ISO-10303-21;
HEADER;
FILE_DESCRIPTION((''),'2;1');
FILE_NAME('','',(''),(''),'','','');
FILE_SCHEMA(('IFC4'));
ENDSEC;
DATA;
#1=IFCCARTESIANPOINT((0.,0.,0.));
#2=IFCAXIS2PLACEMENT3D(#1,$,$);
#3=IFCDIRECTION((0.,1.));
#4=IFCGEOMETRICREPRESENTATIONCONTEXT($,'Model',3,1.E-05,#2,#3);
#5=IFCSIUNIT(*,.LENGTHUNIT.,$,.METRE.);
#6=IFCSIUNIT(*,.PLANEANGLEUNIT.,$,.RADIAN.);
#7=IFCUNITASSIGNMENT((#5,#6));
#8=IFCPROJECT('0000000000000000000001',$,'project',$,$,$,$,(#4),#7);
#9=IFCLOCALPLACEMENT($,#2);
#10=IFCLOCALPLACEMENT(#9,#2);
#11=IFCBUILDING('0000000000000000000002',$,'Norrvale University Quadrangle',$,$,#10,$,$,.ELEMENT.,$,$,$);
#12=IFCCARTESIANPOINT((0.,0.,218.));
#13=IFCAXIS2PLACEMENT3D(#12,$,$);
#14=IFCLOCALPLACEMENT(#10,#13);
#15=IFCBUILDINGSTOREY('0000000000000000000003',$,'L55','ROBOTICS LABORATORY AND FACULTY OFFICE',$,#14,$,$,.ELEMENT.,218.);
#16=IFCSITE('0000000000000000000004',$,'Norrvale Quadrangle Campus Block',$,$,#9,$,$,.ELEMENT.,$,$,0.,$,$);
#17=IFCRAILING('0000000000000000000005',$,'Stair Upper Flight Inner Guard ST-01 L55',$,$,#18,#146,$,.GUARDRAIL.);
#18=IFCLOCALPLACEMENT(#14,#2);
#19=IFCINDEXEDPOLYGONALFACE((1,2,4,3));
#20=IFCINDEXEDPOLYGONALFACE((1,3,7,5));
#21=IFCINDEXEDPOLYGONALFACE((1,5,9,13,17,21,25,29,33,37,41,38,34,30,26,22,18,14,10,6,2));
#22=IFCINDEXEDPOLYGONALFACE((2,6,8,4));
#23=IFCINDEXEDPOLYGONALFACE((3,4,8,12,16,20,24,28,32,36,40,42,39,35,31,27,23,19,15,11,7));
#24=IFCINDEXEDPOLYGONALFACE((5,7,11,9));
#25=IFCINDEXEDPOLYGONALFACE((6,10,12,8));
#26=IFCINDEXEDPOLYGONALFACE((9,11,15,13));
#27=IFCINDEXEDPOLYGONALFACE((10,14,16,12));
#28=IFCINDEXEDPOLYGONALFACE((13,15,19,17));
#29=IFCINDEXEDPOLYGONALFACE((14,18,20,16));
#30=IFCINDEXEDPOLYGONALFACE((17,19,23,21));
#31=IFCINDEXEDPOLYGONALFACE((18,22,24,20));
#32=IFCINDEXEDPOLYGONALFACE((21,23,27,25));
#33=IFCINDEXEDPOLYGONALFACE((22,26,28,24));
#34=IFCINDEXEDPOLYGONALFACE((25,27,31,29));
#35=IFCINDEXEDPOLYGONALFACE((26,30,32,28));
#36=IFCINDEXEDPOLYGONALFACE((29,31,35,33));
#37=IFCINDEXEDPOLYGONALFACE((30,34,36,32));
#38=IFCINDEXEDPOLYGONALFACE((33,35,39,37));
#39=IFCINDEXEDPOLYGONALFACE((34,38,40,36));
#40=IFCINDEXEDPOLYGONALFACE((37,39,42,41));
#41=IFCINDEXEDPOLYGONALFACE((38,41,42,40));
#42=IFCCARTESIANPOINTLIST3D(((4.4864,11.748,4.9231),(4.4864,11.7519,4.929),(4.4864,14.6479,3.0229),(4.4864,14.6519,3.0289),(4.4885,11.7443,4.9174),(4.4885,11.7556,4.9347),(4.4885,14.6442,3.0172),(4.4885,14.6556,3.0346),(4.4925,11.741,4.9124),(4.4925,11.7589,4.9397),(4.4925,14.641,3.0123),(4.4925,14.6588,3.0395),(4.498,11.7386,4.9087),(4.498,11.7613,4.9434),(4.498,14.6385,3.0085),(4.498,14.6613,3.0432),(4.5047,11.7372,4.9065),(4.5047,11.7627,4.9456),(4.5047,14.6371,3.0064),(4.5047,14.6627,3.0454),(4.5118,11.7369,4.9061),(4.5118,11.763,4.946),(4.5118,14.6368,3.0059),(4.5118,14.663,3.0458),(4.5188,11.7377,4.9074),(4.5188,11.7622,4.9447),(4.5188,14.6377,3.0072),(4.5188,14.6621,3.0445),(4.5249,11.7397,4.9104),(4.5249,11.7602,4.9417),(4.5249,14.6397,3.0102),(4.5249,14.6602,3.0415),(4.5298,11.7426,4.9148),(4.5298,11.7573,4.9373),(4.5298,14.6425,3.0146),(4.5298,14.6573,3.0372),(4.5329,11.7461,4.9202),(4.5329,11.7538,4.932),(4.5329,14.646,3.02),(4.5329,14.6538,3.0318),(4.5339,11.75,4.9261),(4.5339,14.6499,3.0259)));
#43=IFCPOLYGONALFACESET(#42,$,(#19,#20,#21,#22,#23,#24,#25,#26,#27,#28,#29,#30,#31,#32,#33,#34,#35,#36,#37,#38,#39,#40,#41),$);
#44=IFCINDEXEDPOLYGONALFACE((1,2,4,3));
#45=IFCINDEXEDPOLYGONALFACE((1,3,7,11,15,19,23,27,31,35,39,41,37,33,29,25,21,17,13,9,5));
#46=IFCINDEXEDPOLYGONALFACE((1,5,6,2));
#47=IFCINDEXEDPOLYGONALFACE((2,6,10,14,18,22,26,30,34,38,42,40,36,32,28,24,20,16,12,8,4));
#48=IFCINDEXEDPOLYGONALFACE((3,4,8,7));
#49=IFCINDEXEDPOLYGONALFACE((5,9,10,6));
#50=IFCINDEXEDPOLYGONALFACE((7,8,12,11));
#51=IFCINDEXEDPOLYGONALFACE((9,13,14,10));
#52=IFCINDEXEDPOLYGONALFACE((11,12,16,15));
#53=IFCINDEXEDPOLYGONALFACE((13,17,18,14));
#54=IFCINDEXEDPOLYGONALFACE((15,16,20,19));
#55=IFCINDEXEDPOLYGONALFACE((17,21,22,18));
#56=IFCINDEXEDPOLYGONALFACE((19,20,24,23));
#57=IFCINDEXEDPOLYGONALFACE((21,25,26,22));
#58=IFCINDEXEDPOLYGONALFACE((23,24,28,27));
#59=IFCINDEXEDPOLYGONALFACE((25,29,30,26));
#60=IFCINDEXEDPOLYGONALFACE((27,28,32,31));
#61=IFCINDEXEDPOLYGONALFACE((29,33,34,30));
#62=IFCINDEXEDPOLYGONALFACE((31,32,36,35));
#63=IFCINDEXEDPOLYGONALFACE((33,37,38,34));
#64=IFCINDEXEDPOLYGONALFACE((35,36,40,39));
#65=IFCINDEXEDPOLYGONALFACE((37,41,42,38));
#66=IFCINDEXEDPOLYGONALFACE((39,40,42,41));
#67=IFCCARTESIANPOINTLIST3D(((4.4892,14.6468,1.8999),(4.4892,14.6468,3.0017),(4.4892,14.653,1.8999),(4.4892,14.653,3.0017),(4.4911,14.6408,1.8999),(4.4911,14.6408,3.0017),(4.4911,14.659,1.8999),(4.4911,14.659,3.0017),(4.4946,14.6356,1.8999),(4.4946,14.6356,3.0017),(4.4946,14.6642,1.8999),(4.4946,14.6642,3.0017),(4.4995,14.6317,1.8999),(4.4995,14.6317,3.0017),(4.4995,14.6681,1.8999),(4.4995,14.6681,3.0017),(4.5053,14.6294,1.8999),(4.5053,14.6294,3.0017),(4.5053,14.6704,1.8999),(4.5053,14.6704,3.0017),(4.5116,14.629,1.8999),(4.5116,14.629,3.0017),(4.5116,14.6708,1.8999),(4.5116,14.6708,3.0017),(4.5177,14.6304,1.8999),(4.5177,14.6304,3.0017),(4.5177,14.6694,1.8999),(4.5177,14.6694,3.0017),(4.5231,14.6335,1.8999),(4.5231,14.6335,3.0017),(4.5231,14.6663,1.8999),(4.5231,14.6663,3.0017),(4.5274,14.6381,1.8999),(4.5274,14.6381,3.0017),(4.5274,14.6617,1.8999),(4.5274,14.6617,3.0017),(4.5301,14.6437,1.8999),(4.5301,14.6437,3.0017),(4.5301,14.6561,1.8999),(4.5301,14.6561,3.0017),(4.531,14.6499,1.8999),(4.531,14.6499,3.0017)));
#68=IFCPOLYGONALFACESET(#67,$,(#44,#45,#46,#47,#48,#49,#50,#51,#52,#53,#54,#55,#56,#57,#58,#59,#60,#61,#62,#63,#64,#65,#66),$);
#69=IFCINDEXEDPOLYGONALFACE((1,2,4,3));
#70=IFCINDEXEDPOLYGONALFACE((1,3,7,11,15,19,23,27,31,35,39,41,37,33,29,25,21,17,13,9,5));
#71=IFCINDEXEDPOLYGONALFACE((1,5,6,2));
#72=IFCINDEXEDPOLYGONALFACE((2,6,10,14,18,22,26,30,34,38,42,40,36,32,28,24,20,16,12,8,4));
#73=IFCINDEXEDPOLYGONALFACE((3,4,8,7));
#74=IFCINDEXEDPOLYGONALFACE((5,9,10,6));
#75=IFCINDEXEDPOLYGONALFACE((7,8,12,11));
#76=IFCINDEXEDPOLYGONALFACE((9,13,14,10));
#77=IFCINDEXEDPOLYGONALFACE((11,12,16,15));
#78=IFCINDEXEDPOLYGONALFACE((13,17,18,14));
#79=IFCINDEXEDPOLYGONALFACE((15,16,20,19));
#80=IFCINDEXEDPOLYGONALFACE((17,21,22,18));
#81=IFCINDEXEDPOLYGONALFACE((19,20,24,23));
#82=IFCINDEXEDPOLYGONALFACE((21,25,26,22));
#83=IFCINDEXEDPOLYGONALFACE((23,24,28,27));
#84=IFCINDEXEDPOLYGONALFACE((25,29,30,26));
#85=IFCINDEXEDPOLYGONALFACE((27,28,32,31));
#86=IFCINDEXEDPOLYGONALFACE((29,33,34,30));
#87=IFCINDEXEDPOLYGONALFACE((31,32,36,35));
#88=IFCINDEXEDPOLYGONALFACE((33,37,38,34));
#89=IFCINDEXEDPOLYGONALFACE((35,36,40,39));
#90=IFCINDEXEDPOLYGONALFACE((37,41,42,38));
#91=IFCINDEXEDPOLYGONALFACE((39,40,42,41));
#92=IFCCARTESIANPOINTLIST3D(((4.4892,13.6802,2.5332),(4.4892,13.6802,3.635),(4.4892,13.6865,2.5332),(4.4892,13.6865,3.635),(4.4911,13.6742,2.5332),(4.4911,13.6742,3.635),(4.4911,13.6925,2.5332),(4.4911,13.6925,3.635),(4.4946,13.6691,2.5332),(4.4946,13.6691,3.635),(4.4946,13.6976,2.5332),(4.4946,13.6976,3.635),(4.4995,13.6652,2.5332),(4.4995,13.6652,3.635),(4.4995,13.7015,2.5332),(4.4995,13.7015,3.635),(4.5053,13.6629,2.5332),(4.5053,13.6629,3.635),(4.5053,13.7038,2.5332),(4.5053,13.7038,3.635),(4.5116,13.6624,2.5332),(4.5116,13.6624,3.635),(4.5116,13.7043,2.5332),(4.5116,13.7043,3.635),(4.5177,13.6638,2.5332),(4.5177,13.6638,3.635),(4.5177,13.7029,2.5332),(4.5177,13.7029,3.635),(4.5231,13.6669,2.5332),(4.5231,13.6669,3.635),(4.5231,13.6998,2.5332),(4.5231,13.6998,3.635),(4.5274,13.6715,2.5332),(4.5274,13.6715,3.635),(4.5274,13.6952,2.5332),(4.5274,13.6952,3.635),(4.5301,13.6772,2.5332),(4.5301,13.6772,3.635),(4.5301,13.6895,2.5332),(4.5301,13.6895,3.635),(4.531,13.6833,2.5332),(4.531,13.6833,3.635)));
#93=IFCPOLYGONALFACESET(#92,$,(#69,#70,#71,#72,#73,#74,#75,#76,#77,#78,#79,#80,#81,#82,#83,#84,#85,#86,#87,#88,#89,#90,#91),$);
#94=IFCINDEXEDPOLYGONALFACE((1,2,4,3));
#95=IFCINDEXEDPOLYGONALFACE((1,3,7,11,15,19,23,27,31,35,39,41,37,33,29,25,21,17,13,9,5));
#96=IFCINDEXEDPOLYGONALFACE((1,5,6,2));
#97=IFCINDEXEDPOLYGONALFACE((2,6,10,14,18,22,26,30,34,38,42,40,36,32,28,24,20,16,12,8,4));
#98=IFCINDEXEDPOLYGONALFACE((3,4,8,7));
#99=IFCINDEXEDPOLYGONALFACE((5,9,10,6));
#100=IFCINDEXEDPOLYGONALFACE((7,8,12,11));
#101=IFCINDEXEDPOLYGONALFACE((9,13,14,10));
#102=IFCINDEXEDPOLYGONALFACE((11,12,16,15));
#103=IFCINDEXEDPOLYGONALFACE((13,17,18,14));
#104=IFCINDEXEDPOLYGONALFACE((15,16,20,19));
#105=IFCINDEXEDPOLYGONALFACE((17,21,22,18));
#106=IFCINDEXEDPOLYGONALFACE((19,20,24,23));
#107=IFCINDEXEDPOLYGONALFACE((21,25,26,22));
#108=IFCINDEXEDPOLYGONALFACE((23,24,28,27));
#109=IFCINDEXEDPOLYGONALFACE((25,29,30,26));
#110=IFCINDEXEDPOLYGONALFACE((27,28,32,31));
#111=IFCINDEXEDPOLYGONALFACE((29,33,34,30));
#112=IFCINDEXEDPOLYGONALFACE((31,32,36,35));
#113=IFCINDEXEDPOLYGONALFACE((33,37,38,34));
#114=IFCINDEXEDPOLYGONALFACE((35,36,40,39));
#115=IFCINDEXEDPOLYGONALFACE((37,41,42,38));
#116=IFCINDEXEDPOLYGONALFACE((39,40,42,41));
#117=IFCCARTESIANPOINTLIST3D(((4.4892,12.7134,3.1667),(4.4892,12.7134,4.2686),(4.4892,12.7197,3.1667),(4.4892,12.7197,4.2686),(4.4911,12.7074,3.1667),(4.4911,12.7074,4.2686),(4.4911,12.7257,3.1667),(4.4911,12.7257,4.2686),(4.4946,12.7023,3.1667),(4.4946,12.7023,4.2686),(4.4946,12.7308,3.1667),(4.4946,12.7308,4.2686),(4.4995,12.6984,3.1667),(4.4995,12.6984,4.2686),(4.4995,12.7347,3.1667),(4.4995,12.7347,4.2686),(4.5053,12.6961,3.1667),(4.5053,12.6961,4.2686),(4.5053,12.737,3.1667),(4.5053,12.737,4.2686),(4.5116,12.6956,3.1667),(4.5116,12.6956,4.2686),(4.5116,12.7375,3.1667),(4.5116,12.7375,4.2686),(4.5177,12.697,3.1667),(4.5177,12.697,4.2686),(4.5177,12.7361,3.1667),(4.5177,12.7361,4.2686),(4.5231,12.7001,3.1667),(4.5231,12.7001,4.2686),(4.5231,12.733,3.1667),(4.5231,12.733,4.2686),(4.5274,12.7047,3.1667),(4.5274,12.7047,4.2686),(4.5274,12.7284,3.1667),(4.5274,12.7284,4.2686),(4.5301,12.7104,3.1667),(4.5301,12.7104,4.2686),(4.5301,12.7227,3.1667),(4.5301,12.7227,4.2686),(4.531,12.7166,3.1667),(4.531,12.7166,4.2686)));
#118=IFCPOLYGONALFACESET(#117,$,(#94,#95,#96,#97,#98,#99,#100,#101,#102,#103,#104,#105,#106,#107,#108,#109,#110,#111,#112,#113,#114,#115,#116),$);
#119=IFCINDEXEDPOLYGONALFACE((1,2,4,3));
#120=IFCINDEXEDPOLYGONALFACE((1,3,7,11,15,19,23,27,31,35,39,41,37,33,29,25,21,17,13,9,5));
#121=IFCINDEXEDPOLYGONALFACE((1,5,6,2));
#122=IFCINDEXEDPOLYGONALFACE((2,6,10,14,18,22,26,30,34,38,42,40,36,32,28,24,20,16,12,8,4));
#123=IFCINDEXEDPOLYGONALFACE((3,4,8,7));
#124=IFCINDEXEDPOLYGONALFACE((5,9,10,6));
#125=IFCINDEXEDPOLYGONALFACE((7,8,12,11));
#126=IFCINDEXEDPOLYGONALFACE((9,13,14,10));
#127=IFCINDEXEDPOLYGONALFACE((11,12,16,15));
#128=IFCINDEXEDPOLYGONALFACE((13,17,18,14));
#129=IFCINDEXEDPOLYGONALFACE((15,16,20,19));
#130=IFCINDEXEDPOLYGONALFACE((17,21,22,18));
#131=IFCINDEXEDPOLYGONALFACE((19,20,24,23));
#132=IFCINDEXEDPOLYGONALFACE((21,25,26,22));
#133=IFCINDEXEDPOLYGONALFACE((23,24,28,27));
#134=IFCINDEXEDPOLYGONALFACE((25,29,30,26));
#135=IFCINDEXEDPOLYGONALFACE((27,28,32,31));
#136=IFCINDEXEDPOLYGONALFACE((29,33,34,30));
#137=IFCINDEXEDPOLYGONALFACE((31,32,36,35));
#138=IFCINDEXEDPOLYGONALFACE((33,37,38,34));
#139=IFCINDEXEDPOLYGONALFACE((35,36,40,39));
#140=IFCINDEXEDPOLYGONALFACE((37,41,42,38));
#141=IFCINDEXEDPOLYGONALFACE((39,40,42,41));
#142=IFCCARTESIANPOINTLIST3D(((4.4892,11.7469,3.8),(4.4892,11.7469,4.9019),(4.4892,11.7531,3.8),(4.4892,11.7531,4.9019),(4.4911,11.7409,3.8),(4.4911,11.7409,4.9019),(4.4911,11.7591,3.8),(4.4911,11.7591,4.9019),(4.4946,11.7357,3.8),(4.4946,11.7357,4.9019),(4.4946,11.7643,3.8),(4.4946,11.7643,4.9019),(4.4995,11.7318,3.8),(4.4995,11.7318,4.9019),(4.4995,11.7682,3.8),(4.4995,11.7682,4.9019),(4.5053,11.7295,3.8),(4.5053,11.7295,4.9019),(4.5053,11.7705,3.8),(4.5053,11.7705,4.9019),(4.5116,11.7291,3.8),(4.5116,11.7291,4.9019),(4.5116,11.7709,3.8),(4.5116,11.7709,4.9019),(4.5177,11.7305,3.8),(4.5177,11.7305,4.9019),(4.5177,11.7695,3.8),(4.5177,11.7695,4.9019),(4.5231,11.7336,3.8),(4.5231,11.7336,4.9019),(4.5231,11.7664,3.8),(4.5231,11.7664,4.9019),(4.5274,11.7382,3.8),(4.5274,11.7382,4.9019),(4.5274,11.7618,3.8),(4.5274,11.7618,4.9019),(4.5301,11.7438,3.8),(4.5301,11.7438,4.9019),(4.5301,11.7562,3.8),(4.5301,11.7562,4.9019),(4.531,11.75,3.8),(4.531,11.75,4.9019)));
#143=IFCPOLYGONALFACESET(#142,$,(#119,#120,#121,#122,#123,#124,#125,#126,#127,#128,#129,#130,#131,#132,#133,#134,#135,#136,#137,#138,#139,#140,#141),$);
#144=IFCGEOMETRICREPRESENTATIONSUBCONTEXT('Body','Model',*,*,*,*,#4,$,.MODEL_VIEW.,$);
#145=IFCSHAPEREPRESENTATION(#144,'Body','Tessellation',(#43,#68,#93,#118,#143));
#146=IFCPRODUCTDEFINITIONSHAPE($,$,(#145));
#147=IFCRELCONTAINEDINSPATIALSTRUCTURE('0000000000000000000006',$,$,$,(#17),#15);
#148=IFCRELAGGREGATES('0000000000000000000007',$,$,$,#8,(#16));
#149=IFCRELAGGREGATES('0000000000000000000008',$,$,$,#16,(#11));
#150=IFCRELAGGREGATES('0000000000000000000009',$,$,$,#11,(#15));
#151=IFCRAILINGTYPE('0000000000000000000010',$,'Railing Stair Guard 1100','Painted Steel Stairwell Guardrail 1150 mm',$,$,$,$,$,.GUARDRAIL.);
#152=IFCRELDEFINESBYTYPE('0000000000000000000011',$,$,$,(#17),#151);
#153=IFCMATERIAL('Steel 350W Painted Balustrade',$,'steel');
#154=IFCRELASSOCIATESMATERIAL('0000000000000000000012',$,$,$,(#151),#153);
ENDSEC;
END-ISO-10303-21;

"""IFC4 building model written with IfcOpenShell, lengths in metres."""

from ifc_helpers import new_model, si_unit, direction, frame, origin, origin_2d, place, context, subcontext, project, spatial, circle, extrude, material, type_object, element, save


model = new_model("IFC4")

# Units and contexts
model_context = context("Model", 3, precision=1e-05, world=origin(), true_north=direction((0.0, 1.0)))
body_context = subcontext(model_context, "Body", "Model", "MODEL_VIEW")
ifc_project = project(units=[si_unit("LENGTHUNIT", "METRE"), si_unit("PLANEANGLEUNIT", "RADIAN")], contexts=[model_context])

# Site, building, storey
site_placement = place(None, origin())
site = spatial("IfcSite", under=ifc_project, at=site_placement, Name="Norrvale Quadrangle Campus Block", CompositionType="ELEMENT", RefElevation=0.0)
building_placement = place(site_placement, origin())
building = spatial("IfcBuilding", under=site, at=building_placement, Name="Norrvale University Quadrangle", CompositionType="ELEMENT")
storey_placement = place(building_placement, frame((0.0, 0.0, 218.0)))
storey = spatial("IfcBuildingStorey", under=building, at=storey_placement, Name="L55", Description="ROBOTICS LABORATORY AND FACULTY OFFICE", CompositionType="ELEMENT", Elevation=218.0)

# Railing
ifc_material_1 = material(Name="Steel 350W Painted Balustrade", Category="steel")
railing_type_1 = type_object("IfcRailingType", Name="Railing Stair Guard 1100", Description="Painted Steel Stairwell Guardrail 1150 mm", PredefinedType="GUARDRAIL", material=ifc_material_1)
railing_1_placement = place(storey_placement, frame((4.51, 14.6499, 1.8999)))
element("IfcRailing", 1, at=railing_1_placement, inside=storey, type_object=railing_type_1, Name="Stair Upper Flight Inner Guard ST-01 L55", PredefinedType="GUARDRAIL", context=body_context, shape_type="SweptSolid", body=[
    extrude(circle(Radius=0.0239, at=origin_2d()), frame((0.0, 0.0, 1.126), z_axis=(0.0, -0.836433, 0.548069), x_axis=(1.0, 0.0, 0.0)), (0.0, 0.0, 1.0), 3.467),
    extrude(circle(Radius=0.021, at=origin_2d()), origin(), (0.0, 0.0, 1.0), 1.1018),
    extrude(circle(Radius=0.021, at=origin_2d()), frame((0.0, -0.9666, 0.6333)), (0.0, 0.0, 1.0), 1.1018),
    extrude(circle(Radius=0.021, at=origin_2d()), frame((0.0, -1.9333, 1.2668)), (0.0, 0.0, 1.0), 1.1018),
    extrude(circle(Radius=0.021, at=origin_2d()), frame((0.0, -2.8999, 1.9001)), (0.0, 0.0, 1.0), 1.1018),
])

save(model, "model.ifc")
